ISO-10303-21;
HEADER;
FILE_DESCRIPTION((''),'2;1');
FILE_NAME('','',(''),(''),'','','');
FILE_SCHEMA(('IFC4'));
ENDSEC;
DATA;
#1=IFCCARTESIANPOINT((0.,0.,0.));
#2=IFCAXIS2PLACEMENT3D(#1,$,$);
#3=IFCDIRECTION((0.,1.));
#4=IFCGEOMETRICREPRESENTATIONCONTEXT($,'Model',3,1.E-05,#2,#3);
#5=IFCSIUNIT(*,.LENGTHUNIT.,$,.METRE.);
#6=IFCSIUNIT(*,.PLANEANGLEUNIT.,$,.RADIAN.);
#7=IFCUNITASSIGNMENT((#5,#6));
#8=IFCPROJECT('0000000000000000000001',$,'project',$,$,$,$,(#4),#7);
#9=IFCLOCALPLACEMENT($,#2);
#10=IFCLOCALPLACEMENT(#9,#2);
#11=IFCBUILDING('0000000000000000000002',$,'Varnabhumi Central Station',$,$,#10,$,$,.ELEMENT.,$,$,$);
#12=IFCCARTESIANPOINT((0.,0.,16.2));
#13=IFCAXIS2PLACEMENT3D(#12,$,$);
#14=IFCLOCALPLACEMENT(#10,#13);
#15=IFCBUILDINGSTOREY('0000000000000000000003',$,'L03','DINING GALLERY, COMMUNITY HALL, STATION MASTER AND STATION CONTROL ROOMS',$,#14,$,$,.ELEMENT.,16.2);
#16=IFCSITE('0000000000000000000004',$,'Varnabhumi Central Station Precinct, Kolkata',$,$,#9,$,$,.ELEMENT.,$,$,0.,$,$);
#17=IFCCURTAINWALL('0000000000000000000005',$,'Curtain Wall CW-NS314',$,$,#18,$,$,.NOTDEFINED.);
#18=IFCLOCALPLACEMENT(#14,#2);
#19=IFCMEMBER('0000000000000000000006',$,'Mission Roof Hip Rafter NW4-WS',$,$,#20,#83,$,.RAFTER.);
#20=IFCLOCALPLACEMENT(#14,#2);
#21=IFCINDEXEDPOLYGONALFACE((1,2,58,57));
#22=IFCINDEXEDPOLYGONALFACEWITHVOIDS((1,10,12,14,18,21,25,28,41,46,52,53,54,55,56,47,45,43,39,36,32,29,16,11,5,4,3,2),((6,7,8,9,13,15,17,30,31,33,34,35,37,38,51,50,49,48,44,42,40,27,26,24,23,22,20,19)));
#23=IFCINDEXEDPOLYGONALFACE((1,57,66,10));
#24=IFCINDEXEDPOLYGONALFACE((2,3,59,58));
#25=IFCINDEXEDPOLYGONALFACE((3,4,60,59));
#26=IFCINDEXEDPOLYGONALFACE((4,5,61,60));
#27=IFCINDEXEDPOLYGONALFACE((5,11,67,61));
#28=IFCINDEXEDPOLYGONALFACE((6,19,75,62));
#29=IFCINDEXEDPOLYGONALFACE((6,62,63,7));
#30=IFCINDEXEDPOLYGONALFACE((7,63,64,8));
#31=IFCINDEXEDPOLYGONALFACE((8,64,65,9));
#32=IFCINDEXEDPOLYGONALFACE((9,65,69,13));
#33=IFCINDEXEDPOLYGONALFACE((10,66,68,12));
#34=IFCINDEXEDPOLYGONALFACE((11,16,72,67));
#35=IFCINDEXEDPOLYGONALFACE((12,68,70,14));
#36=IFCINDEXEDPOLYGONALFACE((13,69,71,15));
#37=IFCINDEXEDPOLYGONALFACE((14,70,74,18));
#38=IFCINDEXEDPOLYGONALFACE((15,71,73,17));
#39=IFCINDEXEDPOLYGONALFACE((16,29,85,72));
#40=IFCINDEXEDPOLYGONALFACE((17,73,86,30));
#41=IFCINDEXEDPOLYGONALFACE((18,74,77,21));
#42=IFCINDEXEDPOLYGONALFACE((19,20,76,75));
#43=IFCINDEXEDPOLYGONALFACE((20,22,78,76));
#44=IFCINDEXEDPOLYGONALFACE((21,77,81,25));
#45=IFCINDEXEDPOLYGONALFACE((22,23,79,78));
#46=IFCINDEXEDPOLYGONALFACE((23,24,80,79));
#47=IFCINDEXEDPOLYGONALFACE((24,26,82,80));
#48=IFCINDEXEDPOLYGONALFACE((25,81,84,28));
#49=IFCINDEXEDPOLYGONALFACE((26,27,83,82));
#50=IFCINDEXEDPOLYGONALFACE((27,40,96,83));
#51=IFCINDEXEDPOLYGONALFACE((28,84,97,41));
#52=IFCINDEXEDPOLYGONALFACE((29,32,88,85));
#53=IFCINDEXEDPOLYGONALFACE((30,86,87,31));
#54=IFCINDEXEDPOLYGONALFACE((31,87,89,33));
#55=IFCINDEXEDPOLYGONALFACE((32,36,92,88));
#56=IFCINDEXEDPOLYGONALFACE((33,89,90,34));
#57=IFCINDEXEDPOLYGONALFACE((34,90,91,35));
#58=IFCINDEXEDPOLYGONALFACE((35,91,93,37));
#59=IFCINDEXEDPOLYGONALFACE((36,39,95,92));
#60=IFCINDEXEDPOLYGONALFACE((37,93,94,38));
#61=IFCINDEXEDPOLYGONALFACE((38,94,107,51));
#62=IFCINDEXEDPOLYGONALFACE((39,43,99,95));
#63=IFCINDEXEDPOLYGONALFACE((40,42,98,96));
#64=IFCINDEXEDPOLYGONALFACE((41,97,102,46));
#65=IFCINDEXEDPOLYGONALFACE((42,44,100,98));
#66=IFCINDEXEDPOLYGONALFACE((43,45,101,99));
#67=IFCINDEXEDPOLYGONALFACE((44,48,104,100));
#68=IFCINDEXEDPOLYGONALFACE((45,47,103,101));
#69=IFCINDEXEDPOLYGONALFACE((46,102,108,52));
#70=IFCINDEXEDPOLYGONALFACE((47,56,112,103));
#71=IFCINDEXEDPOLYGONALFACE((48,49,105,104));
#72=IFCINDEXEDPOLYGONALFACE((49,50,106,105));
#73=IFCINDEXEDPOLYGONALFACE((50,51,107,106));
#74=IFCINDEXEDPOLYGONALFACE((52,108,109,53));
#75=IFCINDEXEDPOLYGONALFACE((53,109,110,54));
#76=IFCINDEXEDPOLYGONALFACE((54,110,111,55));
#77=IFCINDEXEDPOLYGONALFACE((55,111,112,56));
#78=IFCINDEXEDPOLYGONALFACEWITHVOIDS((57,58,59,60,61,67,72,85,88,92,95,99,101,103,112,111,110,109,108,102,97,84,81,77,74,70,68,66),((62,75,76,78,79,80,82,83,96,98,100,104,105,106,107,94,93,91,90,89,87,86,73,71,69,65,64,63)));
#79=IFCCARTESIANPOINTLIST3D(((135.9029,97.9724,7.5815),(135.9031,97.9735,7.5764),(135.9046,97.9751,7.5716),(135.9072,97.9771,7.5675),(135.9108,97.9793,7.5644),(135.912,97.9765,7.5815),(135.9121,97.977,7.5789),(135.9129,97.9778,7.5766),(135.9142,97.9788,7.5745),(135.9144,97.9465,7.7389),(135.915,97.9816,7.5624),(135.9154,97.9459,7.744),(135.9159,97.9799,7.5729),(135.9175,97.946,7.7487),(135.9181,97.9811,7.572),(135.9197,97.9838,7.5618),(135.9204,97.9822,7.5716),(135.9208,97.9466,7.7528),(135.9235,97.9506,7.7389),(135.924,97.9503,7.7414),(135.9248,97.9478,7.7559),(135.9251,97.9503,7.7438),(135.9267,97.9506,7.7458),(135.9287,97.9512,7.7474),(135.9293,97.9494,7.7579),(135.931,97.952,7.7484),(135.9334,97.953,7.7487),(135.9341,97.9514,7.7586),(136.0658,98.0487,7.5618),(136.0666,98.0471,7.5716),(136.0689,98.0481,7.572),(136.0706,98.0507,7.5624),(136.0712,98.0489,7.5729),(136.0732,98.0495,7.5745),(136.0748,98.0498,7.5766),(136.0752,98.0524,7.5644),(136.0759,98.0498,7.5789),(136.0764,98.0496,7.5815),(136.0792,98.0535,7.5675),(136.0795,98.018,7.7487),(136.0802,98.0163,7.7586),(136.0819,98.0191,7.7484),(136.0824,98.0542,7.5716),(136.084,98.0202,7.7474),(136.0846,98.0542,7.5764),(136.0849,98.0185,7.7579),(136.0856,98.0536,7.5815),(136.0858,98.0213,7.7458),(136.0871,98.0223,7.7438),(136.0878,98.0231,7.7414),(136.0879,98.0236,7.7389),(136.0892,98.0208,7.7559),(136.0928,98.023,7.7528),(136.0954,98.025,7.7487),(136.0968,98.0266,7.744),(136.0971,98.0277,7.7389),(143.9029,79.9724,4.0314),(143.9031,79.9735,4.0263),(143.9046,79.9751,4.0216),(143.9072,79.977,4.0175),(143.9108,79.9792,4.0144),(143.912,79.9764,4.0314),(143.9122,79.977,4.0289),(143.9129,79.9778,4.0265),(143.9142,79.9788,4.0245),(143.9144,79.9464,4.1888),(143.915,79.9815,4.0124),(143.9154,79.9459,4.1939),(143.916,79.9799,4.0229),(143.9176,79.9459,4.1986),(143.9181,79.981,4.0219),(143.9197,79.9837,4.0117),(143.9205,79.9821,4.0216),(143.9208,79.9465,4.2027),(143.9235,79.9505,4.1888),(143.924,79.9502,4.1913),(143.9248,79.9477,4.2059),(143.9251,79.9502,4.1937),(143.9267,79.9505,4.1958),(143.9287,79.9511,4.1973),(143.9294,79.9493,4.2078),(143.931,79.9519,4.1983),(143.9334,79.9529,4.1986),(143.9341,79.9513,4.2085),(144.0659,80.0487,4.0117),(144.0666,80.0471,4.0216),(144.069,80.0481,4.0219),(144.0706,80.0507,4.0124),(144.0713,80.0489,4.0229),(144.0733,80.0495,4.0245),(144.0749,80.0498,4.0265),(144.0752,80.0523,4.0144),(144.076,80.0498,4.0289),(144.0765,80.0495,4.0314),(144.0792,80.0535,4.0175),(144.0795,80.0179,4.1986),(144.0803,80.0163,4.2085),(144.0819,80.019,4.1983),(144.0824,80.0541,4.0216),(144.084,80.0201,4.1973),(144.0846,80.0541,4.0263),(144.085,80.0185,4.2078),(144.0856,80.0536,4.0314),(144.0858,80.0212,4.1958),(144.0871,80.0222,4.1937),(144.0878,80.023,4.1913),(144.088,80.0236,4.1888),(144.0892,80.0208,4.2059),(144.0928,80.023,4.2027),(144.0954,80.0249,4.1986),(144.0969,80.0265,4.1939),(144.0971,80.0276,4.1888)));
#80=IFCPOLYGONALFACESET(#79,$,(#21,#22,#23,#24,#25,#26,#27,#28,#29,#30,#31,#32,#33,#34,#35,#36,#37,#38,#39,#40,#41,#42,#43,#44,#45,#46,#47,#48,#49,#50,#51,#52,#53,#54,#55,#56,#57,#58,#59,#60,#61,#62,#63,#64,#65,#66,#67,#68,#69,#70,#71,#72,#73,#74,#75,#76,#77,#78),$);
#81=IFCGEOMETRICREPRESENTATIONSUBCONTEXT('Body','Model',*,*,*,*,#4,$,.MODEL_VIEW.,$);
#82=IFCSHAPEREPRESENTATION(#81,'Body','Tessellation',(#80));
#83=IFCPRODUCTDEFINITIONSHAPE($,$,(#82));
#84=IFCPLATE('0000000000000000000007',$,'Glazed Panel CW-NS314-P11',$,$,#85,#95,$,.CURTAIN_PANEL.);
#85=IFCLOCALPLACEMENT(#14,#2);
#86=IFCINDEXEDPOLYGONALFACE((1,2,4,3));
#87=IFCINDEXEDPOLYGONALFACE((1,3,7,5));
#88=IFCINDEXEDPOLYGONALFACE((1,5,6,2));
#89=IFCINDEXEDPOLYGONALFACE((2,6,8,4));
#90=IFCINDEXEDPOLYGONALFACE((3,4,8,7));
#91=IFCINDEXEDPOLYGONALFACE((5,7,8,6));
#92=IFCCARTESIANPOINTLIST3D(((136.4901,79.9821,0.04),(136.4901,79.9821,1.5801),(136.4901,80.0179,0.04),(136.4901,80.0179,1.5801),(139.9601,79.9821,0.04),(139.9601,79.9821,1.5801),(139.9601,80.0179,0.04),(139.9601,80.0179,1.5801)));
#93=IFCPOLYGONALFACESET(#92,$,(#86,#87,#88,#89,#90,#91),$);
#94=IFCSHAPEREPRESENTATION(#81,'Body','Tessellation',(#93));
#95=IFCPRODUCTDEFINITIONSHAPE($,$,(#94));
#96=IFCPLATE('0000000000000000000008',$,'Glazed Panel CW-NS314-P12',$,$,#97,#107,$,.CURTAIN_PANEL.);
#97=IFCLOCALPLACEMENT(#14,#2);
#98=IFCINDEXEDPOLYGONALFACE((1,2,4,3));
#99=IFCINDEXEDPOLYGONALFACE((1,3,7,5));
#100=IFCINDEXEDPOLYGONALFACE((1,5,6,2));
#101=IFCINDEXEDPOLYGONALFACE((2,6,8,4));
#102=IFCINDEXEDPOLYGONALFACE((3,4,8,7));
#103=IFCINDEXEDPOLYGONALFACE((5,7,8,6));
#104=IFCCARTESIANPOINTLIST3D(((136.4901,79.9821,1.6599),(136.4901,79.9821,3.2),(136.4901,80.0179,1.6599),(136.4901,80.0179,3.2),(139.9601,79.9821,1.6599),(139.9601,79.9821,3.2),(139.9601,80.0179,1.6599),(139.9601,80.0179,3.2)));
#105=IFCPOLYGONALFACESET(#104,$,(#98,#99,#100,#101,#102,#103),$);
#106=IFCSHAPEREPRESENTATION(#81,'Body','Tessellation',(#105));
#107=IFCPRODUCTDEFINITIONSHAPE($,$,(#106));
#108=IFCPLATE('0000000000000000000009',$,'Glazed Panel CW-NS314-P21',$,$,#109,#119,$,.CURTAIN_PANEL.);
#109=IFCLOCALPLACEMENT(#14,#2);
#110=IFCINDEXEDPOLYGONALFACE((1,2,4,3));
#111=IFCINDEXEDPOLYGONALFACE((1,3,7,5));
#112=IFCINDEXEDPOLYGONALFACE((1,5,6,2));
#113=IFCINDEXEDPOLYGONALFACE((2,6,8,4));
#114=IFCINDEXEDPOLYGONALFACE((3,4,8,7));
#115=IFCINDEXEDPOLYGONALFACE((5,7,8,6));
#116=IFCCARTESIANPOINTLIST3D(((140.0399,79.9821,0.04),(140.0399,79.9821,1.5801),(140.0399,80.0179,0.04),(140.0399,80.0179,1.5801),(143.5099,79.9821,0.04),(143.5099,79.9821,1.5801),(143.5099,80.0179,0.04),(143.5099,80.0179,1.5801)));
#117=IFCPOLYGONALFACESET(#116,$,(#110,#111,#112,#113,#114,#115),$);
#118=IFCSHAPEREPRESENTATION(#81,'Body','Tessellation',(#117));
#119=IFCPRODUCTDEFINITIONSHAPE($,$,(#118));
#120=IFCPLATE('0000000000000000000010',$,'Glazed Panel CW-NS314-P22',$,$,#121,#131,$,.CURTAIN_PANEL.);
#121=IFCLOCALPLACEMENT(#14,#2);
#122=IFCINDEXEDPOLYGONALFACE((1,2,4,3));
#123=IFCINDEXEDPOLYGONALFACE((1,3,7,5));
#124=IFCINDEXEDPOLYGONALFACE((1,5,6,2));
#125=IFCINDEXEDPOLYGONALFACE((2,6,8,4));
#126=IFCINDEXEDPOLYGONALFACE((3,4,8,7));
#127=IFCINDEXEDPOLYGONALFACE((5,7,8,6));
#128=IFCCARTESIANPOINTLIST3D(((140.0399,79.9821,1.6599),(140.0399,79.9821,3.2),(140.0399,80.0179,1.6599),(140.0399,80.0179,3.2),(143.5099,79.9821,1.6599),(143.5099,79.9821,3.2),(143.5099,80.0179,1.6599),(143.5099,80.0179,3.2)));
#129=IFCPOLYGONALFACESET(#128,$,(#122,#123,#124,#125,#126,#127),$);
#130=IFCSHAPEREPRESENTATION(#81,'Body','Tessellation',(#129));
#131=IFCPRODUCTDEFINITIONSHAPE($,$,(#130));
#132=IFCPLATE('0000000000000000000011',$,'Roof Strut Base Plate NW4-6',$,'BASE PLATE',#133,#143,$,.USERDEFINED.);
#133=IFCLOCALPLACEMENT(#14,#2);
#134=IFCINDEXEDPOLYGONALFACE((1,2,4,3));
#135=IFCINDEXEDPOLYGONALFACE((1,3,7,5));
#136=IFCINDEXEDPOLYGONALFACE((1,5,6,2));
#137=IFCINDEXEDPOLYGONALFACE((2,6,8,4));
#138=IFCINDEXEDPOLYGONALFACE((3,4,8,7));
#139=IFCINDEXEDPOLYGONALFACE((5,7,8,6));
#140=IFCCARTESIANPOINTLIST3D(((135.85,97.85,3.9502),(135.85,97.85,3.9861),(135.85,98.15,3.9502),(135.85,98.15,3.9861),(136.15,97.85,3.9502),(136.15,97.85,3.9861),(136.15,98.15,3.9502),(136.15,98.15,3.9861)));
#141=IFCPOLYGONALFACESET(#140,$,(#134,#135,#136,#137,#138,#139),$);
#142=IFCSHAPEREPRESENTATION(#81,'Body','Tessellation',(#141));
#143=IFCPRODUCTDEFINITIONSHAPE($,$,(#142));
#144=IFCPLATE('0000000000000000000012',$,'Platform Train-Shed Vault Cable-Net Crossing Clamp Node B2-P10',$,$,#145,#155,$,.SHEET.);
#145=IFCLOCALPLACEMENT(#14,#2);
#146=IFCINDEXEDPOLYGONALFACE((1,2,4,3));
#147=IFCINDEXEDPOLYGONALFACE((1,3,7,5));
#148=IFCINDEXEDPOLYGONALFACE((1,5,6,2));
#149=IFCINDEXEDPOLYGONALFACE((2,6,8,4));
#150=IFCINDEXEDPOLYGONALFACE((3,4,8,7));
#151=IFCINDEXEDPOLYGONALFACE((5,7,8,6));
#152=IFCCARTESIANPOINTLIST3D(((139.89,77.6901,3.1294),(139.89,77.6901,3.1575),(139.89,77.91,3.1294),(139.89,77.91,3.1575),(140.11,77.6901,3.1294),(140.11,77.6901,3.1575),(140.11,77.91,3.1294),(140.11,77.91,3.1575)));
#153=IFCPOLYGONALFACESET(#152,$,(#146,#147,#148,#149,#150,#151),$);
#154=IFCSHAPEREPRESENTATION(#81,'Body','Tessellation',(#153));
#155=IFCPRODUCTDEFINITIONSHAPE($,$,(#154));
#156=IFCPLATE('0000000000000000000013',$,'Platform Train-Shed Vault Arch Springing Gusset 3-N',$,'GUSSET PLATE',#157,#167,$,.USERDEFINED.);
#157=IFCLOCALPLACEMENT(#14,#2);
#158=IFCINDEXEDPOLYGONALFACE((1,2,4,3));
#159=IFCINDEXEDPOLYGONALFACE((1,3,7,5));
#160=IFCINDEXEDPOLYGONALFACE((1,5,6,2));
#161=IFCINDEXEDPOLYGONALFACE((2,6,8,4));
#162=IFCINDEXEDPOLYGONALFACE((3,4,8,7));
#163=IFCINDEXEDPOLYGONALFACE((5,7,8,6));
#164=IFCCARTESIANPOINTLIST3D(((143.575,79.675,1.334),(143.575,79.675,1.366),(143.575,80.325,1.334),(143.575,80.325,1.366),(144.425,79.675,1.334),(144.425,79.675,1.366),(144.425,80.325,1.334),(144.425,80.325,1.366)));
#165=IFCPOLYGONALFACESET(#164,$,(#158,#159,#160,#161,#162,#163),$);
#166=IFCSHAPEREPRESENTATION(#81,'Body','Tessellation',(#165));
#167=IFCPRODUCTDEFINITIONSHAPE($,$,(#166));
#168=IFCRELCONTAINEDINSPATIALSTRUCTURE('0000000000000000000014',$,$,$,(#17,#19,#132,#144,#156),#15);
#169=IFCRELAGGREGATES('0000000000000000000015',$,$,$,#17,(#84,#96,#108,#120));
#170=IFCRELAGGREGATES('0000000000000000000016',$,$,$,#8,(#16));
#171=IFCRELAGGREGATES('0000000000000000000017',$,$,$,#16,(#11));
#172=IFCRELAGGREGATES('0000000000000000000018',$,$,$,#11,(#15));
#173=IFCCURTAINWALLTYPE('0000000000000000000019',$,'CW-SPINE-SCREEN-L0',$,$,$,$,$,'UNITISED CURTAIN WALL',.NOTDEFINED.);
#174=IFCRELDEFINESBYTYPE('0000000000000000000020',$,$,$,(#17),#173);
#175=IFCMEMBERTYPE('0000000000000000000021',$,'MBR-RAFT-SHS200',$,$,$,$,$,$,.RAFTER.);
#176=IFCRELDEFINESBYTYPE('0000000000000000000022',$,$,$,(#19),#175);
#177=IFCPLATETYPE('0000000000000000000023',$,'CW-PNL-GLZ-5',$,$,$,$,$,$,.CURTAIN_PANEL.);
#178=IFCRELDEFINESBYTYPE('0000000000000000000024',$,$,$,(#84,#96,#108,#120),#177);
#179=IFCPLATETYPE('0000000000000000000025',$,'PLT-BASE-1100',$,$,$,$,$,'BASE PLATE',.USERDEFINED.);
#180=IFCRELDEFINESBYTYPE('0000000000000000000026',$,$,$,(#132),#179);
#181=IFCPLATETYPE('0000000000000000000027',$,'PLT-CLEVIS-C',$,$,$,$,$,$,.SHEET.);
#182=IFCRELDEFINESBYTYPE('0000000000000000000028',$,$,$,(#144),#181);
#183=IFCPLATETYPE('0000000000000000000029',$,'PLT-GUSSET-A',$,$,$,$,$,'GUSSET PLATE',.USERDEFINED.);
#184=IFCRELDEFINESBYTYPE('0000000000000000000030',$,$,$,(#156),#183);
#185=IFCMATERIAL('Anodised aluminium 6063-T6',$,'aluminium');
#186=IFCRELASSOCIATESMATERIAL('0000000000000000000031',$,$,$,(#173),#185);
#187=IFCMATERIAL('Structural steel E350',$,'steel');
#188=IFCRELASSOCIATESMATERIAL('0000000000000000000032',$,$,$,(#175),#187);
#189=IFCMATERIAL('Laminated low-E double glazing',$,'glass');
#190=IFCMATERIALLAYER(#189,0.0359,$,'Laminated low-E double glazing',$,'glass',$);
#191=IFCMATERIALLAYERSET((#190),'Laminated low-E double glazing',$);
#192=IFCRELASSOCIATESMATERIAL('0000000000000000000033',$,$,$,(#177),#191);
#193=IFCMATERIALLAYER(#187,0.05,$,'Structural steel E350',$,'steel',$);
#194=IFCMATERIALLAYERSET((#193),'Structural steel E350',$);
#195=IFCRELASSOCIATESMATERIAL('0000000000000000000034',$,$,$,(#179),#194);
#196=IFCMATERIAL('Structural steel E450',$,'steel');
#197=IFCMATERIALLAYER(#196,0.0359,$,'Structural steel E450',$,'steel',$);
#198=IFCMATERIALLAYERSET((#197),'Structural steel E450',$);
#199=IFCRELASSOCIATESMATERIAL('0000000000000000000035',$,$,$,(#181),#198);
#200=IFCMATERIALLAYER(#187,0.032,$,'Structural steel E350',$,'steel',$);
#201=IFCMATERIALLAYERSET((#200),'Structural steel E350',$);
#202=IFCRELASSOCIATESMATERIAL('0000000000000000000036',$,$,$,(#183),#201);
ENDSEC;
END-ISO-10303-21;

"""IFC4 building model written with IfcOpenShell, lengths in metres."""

from ifc_helpers import new_model, si_unit, direction, frame, origin, origin_2d, place, context, subcontext, project, spatial, rectangle, hollow_rectangle, extrude, material, layer, layer_set, material_profile, profile_set, type_object, element, aggregate, save


model = new_model("IFC4")

# Units and contexts
model_context = context("Model", 3, precision=1e-05, world=origin(), true_north=direction((0.0, 1.0)))
body_context = subcontext(model_context, "Body", "Model", "MODEL_VIEW")
ifc_project = project(units=[si_unit("LENGTHUNIT", "METRE"), si_unit("PLANEANGLEUNIT", "RADIAN")], contexts=[model_context])

# Site, building, storey
site_placement = place(None, origin())
site = spatial("IfcSite", under=ifc_project, at=site_placement, Name="Varnabhumi Central Station Precinct, Kolkata", CompositionType="ELEMENT", RefElevation=0.0)
building_placement = place(site_placement, origin())
building = spatial("IfcBuilding", under=site, at=building_placement, Name="Varnabhumi Central Station", CompositionType="ELEMENT")
storey_placement = place(building_placement, frame((0.0, 0.0, 16.2)))
storey = spatial("IfcBuildingStorey", under=building, at=storey_placement, Name="L03", Description="DINING GALLERY, COMMUNITY HALL, STATION MASTER AND STATION CONTROL ROOMS", CompositionType="ELEMENT", Elevation=16.2)

# Shared definitions
ifc_material_1 = material(Name="Structural steel E450", Category="steel")
ifc_material_2 = material(Name="Structural steel E350", Category="steel")

# Curtain wall
ifc_material_3 = material(Name="Anodised aluminium 6063-T6", Category="aluminium")
curtain_wall_type = type_object("IfcCurtainWallType", Name="CW-SPINE-SCREEN-L0", ElementType="UNITISED CURTAIN WALL", PredefinedType="NOTDEFINED", material=ifc_material_3)
curtain_wall_placement = place(storey_placement, origin())
curtain_wall = element("IfcCurtainWall", 1, at=curtain_wall_placement, inside=storey, type_object=curtain_wall_type, Name="Curtain Wall CW-NS314", PredefinedType="NOTDEFINED")

# Member
ifc_material_profile_1 = material_profile(ifc_material_2, hollow_rectangle(XDim=0.2, YDim=0.2, WallThickness=0.01, InnerFilletRadius=0.01, OuterFilletRadius=0.02, at=origin_2d()), Name="Structural steel E350", Category="steel")
ifc_profile_set_1 = profile_set([ifc_material_profile_1], Name="Structural steel E350")
member_type_1 = type_object("IfcMemberType", Name="MBR-RAFT-SHS200", PredefinedType="RAFTER", material=ifc_profile_set_1)
member_1_placement = place(storey_placement, frame((144.0, 80.0, 4.1101), z_axis=(-0.399699, 0.899323, 0.177369), x_axis=(-0.913812, -0.406138, 0.0)))
element("IfcMember", 2, at=member_1_placement, inside=storey, type_object=member_type_1, Name="Mission Roof Hip Rafter NW4-WS", PredefinedType="RAFTER", context=body_context, shape_type="SweptSolid", body=[
    extrude(hollow_rectangle(XDim=0.2, YDim=0.2, WallThickness=0.01, InnerFilletRadius=0.01, OuterFilletRadius=0.02, at=origin_2d()), origin(), (0.0, 0.0, 1.0), 20.0151),
])

# Plates
ifc_material_4 = material(Name="Laminated low-E double glazing", Category="glass")
ifc_layer_1 = layer(ifc_material_4, 0.0359, Name="Laminated low-E double glazing", Category="glass")
ifc_layer_set_1 = layer_set([ifc_layer_1], Name="Laminated low-E double glazing")
plate_type_1 = type_object("IfcPlateType", Name="CW-PNL-GLZ-5", PredefinedType="CURTAIN_PANEL", material=ifc_layer_set_1)
plate_1_placement = place(storey_placement, frame((138.2251, 80.0, 0.04), z_axis=(0.0, 0.0, 1.0), x_axis=(1.0, 0.0, 0.0)))
plate_1 = element("IfcPlate", 3, at=plate_1_placement, type_object=plate_type_1, Name="Glazed Panel CW-NS314-P11", PredefinedType="CURTAIN_PANEL", context=body_context, shape_type="SweptSolid", body=[
    extrude(rectangle(XDim=3.47, YDim=0.0359, at=origin_2d()), origin(), (0.0, 0.0, 1.0), 1.54),
])
plate_2_placement = place(storey_placement, frame((138.2251, 80.0, 1.6599), z_axis=(0.0, 0.0, 1.0), x_axis=(1.0, 0.0, 0.0)))
plate_2 = element("IfcPlate", 4, at=plate_2_placement, type_object=plate_type_1, Name="Glazed Panel CW-NS314-P12", PredefinedType="CURTAIN_PANEL", context=body_context, shape_type="SweptSolid", body=[
    extrude(rectangle(XDim=3.47, YDim=0.0359, at=origin_2d()), origin(), (0.0, 0.0, 1.0), 1.54),
])
plate_3_placement = place(storey_placement, frame((141.7749, 80.0, 0.04), z_axis=(0.0, 0.0, 1.0), x_axis=(1.0, 0.0, 0.0)))
plate_3 = element("IfcPlate", 5, at=plate_3_placement, type_object=plate_type_1, Name="Glazed Panel CW-NS314-P21", PredefinedType="CURTAIN_PANEL", context=body_context, shape_type="SweptSolid", body=[
    extrude(rectangle(XDim=3.47, YDim=0.0359, at=origin_2d()), origin(), (0.0, 0.0, 1.0), 1.54),
])
plate_4_placement = place(storey_placement, frame((141.7749, 80.0, 1.6599), z_axis=(0.0, 0.0, 1.0), x_axis=(1.0, 0.0, 0.0)))
plate_4 = element("IfcPlate", 6, at=plate_4_placement, type_object=plate_type_1, Name="Glazed Panel CW-NS314-P22", PredefinedType="CURTAIN_PANEL", context=body_context, shape_type="SweptSolid", body=[
    extrude(rectangle(XDim=3.47, YDim=0.0359, at=origin_2d()), origin(), (0.0, 0.0, 1.0), 1.54),
])
aggregate(curtain_wall, [plate_1, plate_2, plate_3, plate_4])

# Plates
ifc_layer_2 = layer(ifc_material_2, 0.05, Name="Structural steel E350", Category="steel")
ifc_layer_set_2 = layer_set([ifc_layer_2], Name="Structural steel E350")
plate_type_2 = type_object("IfcPlateType", Name="PLT-BASE-1100", ElementType="BASE PLATE", PredefinedType="USERDEFINED", material=ifc_layer_set_2)
plate_5_placement = place(storey_placement, frame((136.0, 98.0, 3.9502), z_axis=(0.0, 0.0, 1.0), x_axis=(1.0, 0.0, 0.0)))
element("IfcPlate", 7, at=plate_5_placement, inside=storey, type_object=plate_type_2, Name="Roof Strut Base Plate NW4-6", ObjectType="BASE PLATE", PredefinedType="USERDEFINED", context=body_context, shape_type="SweptSolid", body=[
    extrude(rectangle(XDim=0.3, YDim=0.3, at=origin_2d()), origin(), (0.0, 0.0, 1.0), 0.0359),
])
ifc_layer_3 = layer(ifc_material_1, 0.0359, Name="Structural steel E450", Category="steel")
ifc_layer_set_3 = layer_set([ifc_layer_3], Name="Structural steel E450")
plate_type_3 = type_object("IfcPlateType", Name="PLT-CLEVIS-C", PredefinedType="SHEET", material=ifc_layer_set_3)
plate_6_placement = place(storey_placement, frame((140.0, 77.8, 3.1294), z_axis=(0.0, 0.0, 1.0), x_axis=(1.0, 0.0, 0.0)))
element("IfcPlate", 8, at=plate_6_placement, inside=storey, type_object=plate_type_3, Name="Platform Train-Shed Vault Cable-Net Crossing Clamp Node B2-P10", PredefinedType="SHEET", context=body_context, shape_type="SweptSolid", body=[
    extrude(rectangle(XDim=0.22, YDim=0.22, at=origin_2d()), origin(), (0.0, 0.0, 1.0), 0.0281),
])
ifc_layer_4 = layer(ifc_material_2, 0.032, Name="Structural steel E350", Category="steel")
ifc_layer_set_4 = layer_set([ifc_layer_4], Name="Structural steel E350")
plate_type_4 = type_object("IfcPlateType", Name="PLT-GUSSET-A", ElementType="GUSSET PLATE", PredefinedType="USERDEFINED", material=ifc_layer_set_4)
plate_7_placement = place(storey_placement, frame((144.0, 80.0, 1.334), z_axis=(0.0, 0.0, 1.0), x_axis=(1.0, 0.0, 0.0)))
element("IfcPlate", 9, at=plate_7_placement, inside=storey, type_object=plate_type_4, Name="Platform Train-Shed Vault Arch Springing Gusset 3-N", ObjectType="GUSSET PLATE", PredefinedType="USERDEFINED", context=body_context, shape_type="SweptSolid", body=[
    extrude(rectangle(XDim=0.8501, YDim=0.6499, at=origin_2d()), origin(), (0.0, 0.0, 1.0), 0.032),
])

save(model, "model.ifc")
